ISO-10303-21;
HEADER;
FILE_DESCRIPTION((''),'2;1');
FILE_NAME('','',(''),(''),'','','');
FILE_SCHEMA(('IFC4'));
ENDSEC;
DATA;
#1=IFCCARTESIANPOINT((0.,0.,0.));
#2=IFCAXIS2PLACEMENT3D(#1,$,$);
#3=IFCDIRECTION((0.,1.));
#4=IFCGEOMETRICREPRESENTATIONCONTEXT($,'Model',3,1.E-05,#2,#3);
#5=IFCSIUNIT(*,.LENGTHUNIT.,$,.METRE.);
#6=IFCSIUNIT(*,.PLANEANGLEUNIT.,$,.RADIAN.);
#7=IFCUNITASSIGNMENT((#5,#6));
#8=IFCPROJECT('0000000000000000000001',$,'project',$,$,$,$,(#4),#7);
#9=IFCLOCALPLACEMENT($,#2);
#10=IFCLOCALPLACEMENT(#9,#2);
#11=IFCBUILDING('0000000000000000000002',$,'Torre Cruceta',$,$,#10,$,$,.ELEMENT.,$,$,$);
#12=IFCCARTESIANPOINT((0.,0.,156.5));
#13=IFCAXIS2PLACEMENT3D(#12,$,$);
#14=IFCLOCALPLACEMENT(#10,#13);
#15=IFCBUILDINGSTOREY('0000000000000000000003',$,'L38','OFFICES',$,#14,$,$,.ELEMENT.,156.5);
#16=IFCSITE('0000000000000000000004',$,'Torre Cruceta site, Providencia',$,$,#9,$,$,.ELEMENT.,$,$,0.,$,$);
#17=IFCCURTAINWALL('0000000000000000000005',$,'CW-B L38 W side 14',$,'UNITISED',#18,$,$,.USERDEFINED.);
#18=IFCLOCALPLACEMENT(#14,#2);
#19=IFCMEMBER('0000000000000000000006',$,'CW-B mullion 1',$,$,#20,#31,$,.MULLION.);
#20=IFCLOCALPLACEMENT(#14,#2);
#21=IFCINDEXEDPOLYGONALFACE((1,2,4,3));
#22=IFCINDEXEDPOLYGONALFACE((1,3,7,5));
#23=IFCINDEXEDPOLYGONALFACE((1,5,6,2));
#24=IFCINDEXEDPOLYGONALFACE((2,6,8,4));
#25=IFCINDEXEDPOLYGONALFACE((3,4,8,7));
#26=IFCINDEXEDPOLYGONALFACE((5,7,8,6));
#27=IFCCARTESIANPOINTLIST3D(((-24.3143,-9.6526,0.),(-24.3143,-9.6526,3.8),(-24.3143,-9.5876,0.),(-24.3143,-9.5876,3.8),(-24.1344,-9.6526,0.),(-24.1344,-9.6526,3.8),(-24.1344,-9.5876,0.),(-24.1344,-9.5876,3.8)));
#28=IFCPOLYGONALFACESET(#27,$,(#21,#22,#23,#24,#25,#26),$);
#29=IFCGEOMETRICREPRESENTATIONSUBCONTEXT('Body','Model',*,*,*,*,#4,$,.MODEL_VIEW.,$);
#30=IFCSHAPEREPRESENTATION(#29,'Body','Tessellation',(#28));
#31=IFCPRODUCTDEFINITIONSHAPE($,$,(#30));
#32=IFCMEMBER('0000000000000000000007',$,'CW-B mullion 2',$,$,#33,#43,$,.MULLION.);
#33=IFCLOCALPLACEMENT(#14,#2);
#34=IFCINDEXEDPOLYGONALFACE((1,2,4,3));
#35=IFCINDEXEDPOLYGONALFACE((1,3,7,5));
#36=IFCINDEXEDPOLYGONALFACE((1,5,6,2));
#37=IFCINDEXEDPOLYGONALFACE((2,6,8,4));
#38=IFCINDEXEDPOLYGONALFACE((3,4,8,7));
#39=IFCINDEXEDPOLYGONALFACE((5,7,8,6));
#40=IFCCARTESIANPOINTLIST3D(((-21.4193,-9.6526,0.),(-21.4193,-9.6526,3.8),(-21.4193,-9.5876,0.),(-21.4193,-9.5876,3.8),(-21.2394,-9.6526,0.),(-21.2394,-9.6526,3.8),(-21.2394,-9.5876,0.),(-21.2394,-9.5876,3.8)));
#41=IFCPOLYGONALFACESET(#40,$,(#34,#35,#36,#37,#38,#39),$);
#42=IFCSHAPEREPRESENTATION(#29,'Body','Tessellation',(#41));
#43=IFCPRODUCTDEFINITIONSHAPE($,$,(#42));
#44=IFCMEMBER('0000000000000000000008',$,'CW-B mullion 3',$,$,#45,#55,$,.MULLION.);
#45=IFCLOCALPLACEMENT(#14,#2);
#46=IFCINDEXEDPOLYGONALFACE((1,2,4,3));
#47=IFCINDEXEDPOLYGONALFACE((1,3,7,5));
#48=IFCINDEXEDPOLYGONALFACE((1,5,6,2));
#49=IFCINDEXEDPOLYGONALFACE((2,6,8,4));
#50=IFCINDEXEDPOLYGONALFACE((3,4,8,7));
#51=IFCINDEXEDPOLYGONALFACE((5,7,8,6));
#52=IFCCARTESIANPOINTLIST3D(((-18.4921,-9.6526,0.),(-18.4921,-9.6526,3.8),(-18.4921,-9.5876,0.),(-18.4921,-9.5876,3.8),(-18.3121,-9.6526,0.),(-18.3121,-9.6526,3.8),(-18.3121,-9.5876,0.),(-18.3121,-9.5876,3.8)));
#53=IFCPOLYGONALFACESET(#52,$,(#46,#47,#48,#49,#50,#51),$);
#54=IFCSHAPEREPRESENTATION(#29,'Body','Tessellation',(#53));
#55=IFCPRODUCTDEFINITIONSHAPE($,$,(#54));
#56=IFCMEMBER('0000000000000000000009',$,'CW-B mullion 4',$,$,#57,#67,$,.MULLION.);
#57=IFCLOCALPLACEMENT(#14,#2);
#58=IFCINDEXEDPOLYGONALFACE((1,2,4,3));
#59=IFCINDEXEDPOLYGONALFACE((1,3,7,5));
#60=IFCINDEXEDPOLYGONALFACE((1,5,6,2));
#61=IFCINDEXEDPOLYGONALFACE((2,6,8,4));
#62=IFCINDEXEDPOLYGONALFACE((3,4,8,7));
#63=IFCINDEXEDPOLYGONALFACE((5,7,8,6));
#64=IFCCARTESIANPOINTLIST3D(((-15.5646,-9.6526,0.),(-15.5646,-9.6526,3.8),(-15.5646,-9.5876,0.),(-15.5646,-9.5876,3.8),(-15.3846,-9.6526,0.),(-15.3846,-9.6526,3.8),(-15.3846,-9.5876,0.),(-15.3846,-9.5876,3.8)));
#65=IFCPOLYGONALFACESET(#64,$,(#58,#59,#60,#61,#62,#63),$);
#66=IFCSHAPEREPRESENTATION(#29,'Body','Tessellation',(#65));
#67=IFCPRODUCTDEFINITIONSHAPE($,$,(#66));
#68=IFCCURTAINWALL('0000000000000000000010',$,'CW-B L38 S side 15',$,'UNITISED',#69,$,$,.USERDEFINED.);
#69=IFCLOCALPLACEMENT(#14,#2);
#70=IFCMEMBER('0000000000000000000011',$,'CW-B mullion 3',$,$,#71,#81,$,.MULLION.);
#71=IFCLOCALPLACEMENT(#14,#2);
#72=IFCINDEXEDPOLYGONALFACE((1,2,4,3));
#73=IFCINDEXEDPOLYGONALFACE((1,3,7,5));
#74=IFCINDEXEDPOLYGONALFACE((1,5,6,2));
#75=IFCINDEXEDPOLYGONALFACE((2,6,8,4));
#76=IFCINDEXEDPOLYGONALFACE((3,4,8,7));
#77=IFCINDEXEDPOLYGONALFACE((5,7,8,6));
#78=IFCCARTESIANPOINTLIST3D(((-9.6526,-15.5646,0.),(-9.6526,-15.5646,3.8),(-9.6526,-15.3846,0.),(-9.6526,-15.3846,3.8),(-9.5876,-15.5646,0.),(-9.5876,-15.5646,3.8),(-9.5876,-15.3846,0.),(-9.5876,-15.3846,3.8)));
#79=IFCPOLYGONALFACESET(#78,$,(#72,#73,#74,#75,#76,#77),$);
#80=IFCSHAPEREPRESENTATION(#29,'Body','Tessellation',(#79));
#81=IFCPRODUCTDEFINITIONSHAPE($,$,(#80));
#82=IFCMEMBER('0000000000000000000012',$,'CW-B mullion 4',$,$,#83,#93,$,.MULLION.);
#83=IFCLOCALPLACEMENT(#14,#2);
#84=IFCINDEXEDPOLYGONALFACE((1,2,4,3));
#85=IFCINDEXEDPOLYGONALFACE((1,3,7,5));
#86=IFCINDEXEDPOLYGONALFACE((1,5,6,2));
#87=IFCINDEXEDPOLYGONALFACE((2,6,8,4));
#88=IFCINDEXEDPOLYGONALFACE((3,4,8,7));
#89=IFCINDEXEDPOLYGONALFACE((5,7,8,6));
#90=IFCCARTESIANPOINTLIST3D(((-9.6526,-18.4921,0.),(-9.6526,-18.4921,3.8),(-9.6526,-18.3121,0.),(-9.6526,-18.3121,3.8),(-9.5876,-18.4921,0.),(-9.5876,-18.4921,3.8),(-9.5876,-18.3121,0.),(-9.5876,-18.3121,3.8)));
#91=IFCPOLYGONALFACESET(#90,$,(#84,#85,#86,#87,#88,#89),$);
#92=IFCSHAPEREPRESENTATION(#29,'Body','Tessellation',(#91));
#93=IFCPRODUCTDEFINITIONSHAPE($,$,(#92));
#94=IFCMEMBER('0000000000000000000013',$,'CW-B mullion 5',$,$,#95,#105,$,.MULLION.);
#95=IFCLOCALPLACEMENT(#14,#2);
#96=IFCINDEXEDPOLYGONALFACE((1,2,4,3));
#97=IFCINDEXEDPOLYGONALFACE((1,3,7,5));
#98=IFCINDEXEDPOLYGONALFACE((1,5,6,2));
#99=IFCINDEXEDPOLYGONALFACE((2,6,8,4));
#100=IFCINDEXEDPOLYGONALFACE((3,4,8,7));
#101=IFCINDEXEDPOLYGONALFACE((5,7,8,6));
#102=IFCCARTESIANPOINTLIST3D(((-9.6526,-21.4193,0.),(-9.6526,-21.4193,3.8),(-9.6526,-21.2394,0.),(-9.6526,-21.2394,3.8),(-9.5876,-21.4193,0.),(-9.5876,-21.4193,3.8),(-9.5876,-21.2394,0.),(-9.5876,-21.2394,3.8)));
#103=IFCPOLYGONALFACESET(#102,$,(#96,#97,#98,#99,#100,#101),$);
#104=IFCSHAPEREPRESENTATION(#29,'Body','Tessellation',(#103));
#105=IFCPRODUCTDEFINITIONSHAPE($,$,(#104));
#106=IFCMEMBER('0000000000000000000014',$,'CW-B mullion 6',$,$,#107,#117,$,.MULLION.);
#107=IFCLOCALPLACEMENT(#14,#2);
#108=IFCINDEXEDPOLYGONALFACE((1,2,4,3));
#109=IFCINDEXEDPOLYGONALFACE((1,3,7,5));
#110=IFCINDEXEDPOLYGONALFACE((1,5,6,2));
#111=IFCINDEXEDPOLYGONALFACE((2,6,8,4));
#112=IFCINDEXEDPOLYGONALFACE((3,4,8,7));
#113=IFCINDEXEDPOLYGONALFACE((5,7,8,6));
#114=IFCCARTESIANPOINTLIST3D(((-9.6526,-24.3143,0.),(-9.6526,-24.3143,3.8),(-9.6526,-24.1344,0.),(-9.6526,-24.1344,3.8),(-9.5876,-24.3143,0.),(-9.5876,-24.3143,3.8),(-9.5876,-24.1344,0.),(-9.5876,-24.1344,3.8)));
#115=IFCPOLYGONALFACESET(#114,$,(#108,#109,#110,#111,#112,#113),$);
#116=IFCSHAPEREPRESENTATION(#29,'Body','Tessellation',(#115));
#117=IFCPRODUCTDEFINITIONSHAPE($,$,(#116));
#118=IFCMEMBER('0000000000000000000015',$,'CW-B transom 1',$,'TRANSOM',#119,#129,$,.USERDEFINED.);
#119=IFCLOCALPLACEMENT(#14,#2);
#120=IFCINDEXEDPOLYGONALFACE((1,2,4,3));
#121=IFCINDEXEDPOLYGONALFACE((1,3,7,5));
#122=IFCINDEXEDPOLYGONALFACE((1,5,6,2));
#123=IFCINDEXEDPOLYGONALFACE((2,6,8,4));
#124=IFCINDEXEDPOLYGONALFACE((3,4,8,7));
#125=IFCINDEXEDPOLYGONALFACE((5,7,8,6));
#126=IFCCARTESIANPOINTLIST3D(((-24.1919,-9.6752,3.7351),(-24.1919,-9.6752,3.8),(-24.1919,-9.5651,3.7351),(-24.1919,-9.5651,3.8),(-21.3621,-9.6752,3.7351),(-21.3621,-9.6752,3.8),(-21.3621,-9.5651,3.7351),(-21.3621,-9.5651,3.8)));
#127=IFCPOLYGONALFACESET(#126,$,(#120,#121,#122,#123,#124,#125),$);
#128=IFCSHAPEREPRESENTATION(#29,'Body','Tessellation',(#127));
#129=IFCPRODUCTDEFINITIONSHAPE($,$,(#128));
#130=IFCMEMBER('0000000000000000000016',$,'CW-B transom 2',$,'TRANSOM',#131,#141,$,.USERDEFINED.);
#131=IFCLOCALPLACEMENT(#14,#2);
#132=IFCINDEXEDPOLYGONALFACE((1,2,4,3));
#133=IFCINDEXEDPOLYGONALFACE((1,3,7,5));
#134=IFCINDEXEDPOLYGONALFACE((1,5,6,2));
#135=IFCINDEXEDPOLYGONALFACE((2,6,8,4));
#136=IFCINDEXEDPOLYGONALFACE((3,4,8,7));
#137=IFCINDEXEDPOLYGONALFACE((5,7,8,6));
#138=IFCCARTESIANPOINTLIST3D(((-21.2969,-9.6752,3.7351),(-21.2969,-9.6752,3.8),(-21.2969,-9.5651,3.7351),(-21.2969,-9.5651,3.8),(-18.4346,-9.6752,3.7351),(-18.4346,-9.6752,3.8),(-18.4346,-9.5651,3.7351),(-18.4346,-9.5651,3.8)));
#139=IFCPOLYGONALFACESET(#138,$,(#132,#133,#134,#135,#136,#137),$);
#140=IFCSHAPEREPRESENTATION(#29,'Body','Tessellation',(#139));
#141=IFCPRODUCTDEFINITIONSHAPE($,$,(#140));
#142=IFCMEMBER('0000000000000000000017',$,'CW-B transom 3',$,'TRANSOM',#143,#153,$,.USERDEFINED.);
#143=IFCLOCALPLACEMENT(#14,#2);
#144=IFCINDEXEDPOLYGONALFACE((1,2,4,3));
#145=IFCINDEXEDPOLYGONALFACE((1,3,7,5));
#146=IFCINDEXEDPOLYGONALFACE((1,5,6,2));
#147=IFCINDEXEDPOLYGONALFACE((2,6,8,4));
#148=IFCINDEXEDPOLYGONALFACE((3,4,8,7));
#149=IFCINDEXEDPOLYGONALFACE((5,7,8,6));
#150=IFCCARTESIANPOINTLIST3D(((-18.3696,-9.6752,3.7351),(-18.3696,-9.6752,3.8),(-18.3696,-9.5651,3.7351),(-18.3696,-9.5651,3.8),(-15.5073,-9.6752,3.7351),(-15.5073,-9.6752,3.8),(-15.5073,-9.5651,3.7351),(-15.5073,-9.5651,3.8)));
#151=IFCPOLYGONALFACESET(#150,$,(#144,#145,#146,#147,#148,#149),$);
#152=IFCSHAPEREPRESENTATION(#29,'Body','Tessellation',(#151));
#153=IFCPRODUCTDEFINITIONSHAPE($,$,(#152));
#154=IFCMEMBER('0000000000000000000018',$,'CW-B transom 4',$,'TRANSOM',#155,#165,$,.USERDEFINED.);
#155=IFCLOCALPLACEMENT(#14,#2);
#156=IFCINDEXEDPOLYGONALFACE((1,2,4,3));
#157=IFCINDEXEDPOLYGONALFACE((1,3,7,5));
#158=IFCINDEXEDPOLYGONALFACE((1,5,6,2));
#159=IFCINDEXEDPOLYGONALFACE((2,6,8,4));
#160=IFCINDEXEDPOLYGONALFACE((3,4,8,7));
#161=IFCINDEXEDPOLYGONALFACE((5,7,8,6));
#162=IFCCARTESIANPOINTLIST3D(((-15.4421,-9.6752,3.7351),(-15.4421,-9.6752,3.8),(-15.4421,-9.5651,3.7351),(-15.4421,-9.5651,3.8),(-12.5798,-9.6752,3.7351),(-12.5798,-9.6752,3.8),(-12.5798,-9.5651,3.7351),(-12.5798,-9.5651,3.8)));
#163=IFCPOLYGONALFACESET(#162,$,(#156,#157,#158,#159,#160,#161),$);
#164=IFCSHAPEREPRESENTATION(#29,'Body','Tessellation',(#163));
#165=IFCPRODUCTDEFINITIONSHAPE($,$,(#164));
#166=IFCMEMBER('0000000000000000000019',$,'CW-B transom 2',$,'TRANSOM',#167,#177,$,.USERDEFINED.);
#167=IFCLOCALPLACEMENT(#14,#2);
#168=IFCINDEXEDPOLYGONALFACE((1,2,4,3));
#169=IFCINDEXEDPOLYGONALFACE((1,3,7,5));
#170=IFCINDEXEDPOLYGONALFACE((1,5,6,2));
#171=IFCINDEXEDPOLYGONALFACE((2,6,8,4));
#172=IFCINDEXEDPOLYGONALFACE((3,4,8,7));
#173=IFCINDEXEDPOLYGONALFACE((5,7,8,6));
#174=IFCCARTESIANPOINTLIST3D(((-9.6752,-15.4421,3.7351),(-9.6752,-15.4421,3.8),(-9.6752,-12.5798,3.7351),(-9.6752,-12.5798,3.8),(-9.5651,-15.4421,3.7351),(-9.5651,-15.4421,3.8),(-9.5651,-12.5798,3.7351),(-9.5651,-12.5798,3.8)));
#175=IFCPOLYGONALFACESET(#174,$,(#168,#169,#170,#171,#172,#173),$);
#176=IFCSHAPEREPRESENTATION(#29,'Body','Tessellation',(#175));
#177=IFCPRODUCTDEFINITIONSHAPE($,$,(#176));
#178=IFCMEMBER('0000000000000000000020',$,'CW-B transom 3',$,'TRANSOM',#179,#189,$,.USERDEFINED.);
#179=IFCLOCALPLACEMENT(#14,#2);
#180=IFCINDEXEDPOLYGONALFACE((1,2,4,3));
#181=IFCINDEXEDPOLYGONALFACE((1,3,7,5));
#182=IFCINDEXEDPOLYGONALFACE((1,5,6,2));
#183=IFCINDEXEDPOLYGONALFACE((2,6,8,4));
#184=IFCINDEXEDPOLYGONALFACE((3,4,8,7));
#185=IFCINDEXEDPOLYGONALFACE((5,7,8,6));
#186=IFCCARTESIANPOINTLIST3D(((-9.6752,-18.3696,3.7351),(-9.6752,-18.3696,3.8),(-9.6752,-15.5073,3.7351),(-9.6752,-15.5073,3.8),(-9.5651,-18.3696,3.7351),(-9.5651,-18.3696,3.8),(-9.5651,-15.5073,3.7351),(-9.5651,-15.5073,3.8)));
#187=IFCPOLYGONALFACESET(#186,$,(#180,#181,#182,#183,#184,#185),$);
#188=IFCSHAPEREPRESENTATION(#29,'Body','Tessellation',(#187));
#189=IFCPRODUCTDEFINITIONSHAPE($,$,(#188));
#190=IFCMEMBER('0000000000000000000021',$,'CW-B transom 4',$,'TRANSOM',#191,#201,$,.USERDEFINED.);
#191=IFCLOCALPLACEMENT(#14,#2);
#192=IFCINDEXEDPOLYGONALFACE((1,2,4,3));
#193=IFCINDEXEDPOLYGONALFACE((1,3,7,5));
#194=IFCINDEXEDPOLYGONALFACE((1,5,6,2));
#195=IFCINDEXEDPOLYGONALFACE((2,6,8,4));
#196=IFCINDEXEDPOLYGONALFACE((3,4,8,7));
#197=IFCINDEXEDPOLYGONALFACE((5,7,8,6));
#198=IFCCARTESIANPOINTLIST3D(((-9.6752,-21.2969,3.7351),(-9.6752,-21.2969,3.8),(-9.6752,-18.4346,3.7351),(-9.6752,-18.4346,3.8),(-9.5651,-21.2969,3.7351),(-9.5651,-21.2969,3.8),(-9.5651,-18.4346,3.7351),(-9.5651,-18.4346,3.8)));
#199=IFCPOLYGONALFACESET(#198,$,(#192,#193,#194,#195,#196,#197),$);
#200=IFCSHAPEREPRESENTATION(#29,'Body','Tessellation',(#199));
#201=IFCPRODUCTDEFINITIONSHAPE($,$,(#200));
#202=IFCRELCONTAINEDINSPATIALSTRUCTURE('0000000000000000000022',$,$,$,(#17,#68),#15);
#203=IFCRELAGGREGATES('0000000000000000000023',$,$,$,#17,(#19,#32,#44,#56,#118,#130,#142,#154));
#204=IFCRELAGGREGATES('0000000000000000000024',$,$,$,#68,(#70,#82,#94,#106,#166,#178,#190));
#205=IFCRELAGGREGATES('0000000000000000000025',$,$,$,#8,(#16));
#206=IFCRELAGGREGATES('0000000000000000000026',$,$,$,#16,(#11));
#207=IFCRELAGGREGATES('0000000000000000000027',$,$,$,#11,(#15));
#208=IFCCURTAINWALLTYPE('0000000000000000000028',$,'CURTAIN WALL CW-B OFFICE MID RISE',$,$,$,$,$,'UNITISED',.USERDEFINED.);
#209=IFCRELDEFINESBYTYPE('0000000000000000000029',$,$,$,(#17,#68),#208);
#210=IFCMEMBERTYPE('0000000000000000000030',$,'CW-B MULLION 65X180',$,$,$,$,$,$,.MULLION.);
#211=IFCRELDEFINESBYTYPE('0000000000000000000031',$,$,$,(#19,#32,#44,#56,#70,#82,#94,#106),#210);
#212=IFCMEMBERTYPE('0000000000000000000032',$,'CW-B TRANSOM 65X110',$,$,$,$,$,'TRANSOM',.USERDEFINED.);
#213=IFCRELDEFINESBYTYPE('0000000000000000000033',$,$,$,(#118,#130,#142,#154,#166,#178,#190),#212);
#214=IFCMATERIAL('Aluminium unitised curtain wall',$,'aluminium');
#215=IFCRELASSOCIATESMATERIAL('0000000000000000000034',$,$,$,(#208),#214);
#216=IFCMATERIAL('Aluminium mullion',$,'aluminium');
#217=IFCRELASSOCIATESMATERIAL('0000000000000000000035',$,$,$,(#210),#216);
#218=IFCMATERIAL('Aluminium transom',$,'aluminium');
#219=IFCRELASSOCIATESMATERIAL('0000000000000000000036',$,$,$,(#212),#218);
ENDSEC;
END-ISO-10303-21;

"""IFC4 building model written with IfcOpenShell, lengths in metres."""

from ifc_helpers import new_model, si_unit, direction, frame, origin, origin_2d, place, context, subcontext, project, spatial, rectangle, extrude, material, material_profile, profile_set, type_object, element, aggregate, save


model = new_model("IFC4")

# Units and contexts
model_context = context("Model", 3, precision=1e-05, world=origin(), true_north=direction((0.0, 1.0)))
body_context = subcontext(model_context, "Body", "Model", "MODEL_VIEW")
ifc_project = project(units=[si_unit("LENGTHUNIT", "METRE"), si_unit("PLANEANGLEUNIT", "RADIAN")], contexts=[model_context])

# Site, building, storey
site_placement = place(None, origin())
site = spatial("IfcSite", under=ifc_project, at=site_placement, Name="Torre Cruceta site, Providencia", CompositionType="ELEMENT", RefElevation=0.0)
building_placement = place(site_placement, origin())
building = spatial("IfcBuilding", under=site, at=building_placement, Name="Torre Cruceta", CompositionType="ELEMENT")
storey_placement = place(building_placement, frame((0.0, 0.0, 156.5)))
storey = spatial("IfcBuildingStorey", under=building, at=storey_placement, Name="L38", Description="OFFICES", CompositionType="ELEMENT", Elevation=156.5)

# Curtain walls, members
ifc_material_1 = material(Name="Aluminium unitised curtain wall", Category="aluminium")
curtain_wall_type = type_object("IfcCurtainWallType", Name="CURTAIN WALL CW-B OFFICE MID RISE", ElementType="UNITISED", PredefinedType="USERDEFINED", material=ifc_material_1)
curtain_wall_1_placement = place(storey_placement, origin())
curtain_wall_1 = element("IfcCurtainWall", 1, at=curtain_wall_1_placement, inside=storey, type_object=curtain_wall_type, Name="CW-B L38 W side 14", ObjectType="UNITISED", PredefinedType="USERDEFINED")
ifc_material_2 = material(Name="Aluminium mullion", Category="aluminium")
ifc_material_profile_1 = material_profile(ifc_material_2, rectangle(XDim=0.0649, YDim=0.1799, at=origin_2d()), Name="AL 65X180")
ifc_profile_set_1 = profile_set([ifc_material_profile_1], Name="Aluminium mullion")
member_type_1 = type_object("IfcMemberType", Name="CW-B MULLION 65X180", PredefinedType="MULLION", material=ifc_profile_set_1)
member_1_placement = place(storey_placement, frame((-24.2244, -9.6201, 0.0), z_axis=(0.0, 0.0, 1.0), x_axis=(0.0, 1.0, 0.0)))
member_1 = element("IfcMember", 2, at=member_1_placement, type_object=member_type_1, Name="CW-B mullion 1", PredefinedType="MULLION", context=body_context, shape_type="SweptSolid", body=[
    extrude(rectangle(XDim=0.0649, YDim=0.1799, at=origin_2d()), origin(), (0.0, 0.0, 1.0), 3.8),
])
member_2_placement = place(storey_placement, frame((-21.3293, -9.6201, 0.0), z_axis=(0.0, 0.0, 1.0), x_axis=(0.0, 1.0, 0.0)))
member_2 = element("IfcMember", 3, at=member_2_placement, type_object=member_type_1, Name="CW-B mullion 2", PredefinedType="MULLION", context=body_context, shape_type="SweptSolid", body=[
    extrude(rectangle(XDim=0.0649, YDim=0.1799, at=origin_2d()), origin(), (0.0, 0.0, 1.0), 3.8),
])
member_3_placement = place(storey_placement, frame((-18.4021, -9.6201, 0.0), z_axis=(0.0, 0.0, 1.0), x_axis=(0.0, 1.0, 0.0)))
member_3 = element("IfcMember", 4, at=member_3_placement, type_object=member_type_1, Name="CW-B mullion 3", PredefinedType="MULLION", context=body_context, shape_type="SweptSolid", body=[
    extrude(rectangle(XDim=0.0649, YDim=0.1799, at=origin_2d()), origin(), (0.0, 0.0, 1.0), 3.8),
])
member_4_placement = place(storey_placement, frame((-15.4746, -9.6201, 0.0), z_axis=(0.0, 0.0, 1.0), x_axis=(0.0, 1.0, 0.0)))
member_4 = element("IfcMember", 5, at=member_4_placement, type_object=member_type_1, Name="CW-B mullion 4", PredefinedType="MULLION", context=body_context, shape_type="SweptSolid", body=[
    extrude(rectangle(XDim=0.0649, YDim=0.1799, at=origin_2d()), origin(), (0.0, 0.0, 1.0), 3.8),
])
curtain_wall_2_placement = place(storey_placement, origin())
curtain_wall_2 = element("IfcCurtainWall", 6, at=curtain_wall_2_placement, inside=storey, type_object=curtain_wall_type, Name="CW-B L38 S side 15", ObjectType="UNITISED", PredefinedType="USERDEFINED")
member_5_placement = place(storey_placement, frame((-9.6201, -15.4746, 0.0), z_axis=(0.0, 0.0, 1.0), x_axis=(1.0, 0.0, 0.0)))
member_5 = element("IfcMember", 7, at=member_5_placement, type_object=member_type_1, Name="CW-B mullion 3", PredefinedType="MULLION", context=body_context, shape_type="SweptSolid", body=[
    extrude(rectangle(XDim=0.0649, YDim=0.1799, at=origin_2d()), origin(), (0.0, 0.0, 1.0), 3.8),
])
member_6_placement = place(storey_placement, frame((-9.6201, -18.4021, 0.0), z_axis=(0.0, 0.0, 1.0), x_axis=(1.0, 0.0, 0.0)))
member_6 = element("IfcMember", 8, at=member_6_placement, type_object=member_type_1, Name="CW-B mullion 4", PredefinedType="MULLION", context=body_context, shape_type="SweptSolid", body=[
    extrude(rectangle(XDim=0.0649, YDim=0.1799, at=origin_2d()), origin(), (0.0, 0.0, 1.0), 3.8),
])
member_7_placement = place(storey_placement, frame((-9.6201, -21.3293, 0.0), z_axis=(0.0, 0.0, 1.0), x_axis=(1.0, 0.0, 0.0)))
member_7 = element("IfcMember", 9, at=member_7_placement, type_object=member_type_1, Name="CW-B mullion 5", PredefinedType="MULLION", context=body_context, shape_type="SweptSolid", body=[
    extrude(rectangle(XDim=0.0649, YDim=0.1799, at=origin_2d()), origin(), (0.0, 0.0, 1.0), 3.8),
])
member_8_placement = place(storey_placement, frame((-9.6201, -24.2244, 0.0), z_axis=(0.0, 0.0, 1.0), x_axis=(1.0, 0.0, 0.0)))
member_8 = element("IfcMember", 10, at=member_8_placement, type_object=member_type_1, Name="CW-B mullion 6", PredefinedType="MULLION", context=body_context, shape_type="SweptSolid", body=[
    extrude(rectangle(XDim=0.0649, YDim=0.1799, at=origin_2d()), origin(), (0.0, 0.0, 1.0), 3.8),
])

# Members
ifc_material_3 = material(Name="Aluminium transom", Category="aluminium")
ifc_material_profile_2 = material_profile(ifc_material_3, rectangle(XDim=0.1101, YDim=0.0649, at=origin_2d()), Name="AL 110X65")
ifc_profile_set_2 = profile_set([ifc_material_profile_2], Name="Aluminium transom")
member_type_2 = type_object("IfcMemberType", Name="CW-B TRANSOM 65X110", ElementType="TRANSOM", PredefinedType="USERDEFINED", material=ifc_profile_set_2)
member_9_placement = place(storey_placement, frame((-24.1919, -9.6201, 3.7676), z_axis=(1.0, 0.0, 0.0), x_axis=(0.0, 1.0, 0.0)))
member_9 = element("IfcMember", 11, at=member_9_placement, type_object=member_type_2, Name="CW-B transom 1", ObjectType="TRANSOM", PredefinedType="USERDEFINED", context=body_context, shape_type="SweptSolid", body=[
    extrude(rectangle(XDim=0.1101, YDim=0.0649, at=origin_2d()), origin(), (0.0, 0.0, 1.0), 2.8298),
])
member_10_placement = place(storey_placement, frame((-21.2969, -9.6201, 3.7676), z_axis=(1.0, 0.0, 0.0), x_axis=(0.0, 1.0, 0.0)))
member_10 = element("IfcMember", 12, at=member_10_placement, type_object=member_type_2, Name="CW-B transom 2", ObjectType="TRANSOM", PredefinedType="USERDEFINED", context=body_context, shape_type="SweptSolid", body=[
    extrude(rectangle(XDim=0.1101, YDim=0.0649, at=origin_2d()), origin(), (0.0, 0.0, 1.0), 2.8623),
])
member_11_placement = place(storey_placement, frame((-18.3696, -9.6201, 3.7676), z_axis=(1.0, 0.0, 0.0), x_axis=(0.0, 1.0, 0.0)))
member_11 = element("IfcMember", 13, at=member_11_placement, type_object=member_type_2, Name="CW-B transom 3", ObjectType="TRANSOM", PredefinedType="USERDEFINED", context=body_context, shape_type="SweptSolid", body=[
    extrude(rectangle(XDim=0.1101, YDim=0.0649, at=origin_2d()), origin(), (0.0, 0.0, 1.0), 2.8623),
])
member_12_placement = place(storey_placement, frame((-15.4421, -9.6201, 3.7676), z_axis=(1.0, 0.0, 0.0), x_axis=(0.0, 1.0, 0.0)))
member_12 = element("IfcMember", 14, at=member_12_placement, type_object=member_type_2, Name="CW-B transom 4", ObjectType="TRANSOM", PredefinedType="USERDEFINED", context=body_context, shape_type="SweptSolid", body=[
    extrude(rectangle(XDim=0.1101, YDim=0.0649, at=origin_2d()), origin(), (0.0, 0.0, 1.0), 2.8623),
])
member_13_placement = place(storey_placement, frame((-9.6201, -12.5798, 3.7676), z_axis=(0.0, -1.0, 0.0), x_axis=(1.0, 0.0, 0.0)))
member_13 = element("IfcMember", 15, at=member_13_placement, type_object=member_type_2, Name="CW-B transom 2", ObjectType="TRANSOM", PredefinedType="USERDEFINED", context=body_context, shape_type="SweptSolid", body=[
    extrude(rectangle(XDim=0.1101, YDim=0.0649, at=origin_2d()), origin(), (0.0, 0.0, 1.0), 2.8623),
])
member_14_placement = place(storey_placement, frame((-9.6201, -15.5073, 3.7676), z_axis=(0.0, -1.0, 0.0), x_axis=(1.0, 0.0, 0.0)))
member_14 = element("IfcMember", 16, at=member_14_placement, type_object=member_type_2, Name="CW-B transom 3", ObjectType="TRANSOM", PredefinedType="USERDEFINED", context=body_context, shape_type="SweptSolid", body=[
    extrude(rectangle(XDim=0.1101, YDim=0.0649, at=origin_2d()), origin(), (0.0, 0.0, 1.0), 2.8623),
])
member_15_placement = place(storey_placement, frame((-9.6201, -18.4346, 3.7676), z_axis=(0.0, -1.0, 0.0), x_axis=(1.0, 0.0, 0.0)))
member_15 = element("IfcMember", 17, at=member_15_placement, type_object=member_type_2, Name="CW-B transom 4", ObjectType="TRANSOM", PredefinedType="USERDEFINED", context=body_context, shape_type="SweptSolid", body=[
    extrude(rectangle(XDim=0.1101, YDim=0.0649, at=origin_2d()), origin(), (0.0, 0.0, 1.0), 2.8623),
])

aggregate(curtain_wall_1, [member_1, member_2, member_3, member_4, member_9, member_10, member_11, member_12])
aggregate(curtain_wall_2, [member_5, member_6, member_7, member_8, member_13, member_14, member_15])

save(model, "model.ifc")
